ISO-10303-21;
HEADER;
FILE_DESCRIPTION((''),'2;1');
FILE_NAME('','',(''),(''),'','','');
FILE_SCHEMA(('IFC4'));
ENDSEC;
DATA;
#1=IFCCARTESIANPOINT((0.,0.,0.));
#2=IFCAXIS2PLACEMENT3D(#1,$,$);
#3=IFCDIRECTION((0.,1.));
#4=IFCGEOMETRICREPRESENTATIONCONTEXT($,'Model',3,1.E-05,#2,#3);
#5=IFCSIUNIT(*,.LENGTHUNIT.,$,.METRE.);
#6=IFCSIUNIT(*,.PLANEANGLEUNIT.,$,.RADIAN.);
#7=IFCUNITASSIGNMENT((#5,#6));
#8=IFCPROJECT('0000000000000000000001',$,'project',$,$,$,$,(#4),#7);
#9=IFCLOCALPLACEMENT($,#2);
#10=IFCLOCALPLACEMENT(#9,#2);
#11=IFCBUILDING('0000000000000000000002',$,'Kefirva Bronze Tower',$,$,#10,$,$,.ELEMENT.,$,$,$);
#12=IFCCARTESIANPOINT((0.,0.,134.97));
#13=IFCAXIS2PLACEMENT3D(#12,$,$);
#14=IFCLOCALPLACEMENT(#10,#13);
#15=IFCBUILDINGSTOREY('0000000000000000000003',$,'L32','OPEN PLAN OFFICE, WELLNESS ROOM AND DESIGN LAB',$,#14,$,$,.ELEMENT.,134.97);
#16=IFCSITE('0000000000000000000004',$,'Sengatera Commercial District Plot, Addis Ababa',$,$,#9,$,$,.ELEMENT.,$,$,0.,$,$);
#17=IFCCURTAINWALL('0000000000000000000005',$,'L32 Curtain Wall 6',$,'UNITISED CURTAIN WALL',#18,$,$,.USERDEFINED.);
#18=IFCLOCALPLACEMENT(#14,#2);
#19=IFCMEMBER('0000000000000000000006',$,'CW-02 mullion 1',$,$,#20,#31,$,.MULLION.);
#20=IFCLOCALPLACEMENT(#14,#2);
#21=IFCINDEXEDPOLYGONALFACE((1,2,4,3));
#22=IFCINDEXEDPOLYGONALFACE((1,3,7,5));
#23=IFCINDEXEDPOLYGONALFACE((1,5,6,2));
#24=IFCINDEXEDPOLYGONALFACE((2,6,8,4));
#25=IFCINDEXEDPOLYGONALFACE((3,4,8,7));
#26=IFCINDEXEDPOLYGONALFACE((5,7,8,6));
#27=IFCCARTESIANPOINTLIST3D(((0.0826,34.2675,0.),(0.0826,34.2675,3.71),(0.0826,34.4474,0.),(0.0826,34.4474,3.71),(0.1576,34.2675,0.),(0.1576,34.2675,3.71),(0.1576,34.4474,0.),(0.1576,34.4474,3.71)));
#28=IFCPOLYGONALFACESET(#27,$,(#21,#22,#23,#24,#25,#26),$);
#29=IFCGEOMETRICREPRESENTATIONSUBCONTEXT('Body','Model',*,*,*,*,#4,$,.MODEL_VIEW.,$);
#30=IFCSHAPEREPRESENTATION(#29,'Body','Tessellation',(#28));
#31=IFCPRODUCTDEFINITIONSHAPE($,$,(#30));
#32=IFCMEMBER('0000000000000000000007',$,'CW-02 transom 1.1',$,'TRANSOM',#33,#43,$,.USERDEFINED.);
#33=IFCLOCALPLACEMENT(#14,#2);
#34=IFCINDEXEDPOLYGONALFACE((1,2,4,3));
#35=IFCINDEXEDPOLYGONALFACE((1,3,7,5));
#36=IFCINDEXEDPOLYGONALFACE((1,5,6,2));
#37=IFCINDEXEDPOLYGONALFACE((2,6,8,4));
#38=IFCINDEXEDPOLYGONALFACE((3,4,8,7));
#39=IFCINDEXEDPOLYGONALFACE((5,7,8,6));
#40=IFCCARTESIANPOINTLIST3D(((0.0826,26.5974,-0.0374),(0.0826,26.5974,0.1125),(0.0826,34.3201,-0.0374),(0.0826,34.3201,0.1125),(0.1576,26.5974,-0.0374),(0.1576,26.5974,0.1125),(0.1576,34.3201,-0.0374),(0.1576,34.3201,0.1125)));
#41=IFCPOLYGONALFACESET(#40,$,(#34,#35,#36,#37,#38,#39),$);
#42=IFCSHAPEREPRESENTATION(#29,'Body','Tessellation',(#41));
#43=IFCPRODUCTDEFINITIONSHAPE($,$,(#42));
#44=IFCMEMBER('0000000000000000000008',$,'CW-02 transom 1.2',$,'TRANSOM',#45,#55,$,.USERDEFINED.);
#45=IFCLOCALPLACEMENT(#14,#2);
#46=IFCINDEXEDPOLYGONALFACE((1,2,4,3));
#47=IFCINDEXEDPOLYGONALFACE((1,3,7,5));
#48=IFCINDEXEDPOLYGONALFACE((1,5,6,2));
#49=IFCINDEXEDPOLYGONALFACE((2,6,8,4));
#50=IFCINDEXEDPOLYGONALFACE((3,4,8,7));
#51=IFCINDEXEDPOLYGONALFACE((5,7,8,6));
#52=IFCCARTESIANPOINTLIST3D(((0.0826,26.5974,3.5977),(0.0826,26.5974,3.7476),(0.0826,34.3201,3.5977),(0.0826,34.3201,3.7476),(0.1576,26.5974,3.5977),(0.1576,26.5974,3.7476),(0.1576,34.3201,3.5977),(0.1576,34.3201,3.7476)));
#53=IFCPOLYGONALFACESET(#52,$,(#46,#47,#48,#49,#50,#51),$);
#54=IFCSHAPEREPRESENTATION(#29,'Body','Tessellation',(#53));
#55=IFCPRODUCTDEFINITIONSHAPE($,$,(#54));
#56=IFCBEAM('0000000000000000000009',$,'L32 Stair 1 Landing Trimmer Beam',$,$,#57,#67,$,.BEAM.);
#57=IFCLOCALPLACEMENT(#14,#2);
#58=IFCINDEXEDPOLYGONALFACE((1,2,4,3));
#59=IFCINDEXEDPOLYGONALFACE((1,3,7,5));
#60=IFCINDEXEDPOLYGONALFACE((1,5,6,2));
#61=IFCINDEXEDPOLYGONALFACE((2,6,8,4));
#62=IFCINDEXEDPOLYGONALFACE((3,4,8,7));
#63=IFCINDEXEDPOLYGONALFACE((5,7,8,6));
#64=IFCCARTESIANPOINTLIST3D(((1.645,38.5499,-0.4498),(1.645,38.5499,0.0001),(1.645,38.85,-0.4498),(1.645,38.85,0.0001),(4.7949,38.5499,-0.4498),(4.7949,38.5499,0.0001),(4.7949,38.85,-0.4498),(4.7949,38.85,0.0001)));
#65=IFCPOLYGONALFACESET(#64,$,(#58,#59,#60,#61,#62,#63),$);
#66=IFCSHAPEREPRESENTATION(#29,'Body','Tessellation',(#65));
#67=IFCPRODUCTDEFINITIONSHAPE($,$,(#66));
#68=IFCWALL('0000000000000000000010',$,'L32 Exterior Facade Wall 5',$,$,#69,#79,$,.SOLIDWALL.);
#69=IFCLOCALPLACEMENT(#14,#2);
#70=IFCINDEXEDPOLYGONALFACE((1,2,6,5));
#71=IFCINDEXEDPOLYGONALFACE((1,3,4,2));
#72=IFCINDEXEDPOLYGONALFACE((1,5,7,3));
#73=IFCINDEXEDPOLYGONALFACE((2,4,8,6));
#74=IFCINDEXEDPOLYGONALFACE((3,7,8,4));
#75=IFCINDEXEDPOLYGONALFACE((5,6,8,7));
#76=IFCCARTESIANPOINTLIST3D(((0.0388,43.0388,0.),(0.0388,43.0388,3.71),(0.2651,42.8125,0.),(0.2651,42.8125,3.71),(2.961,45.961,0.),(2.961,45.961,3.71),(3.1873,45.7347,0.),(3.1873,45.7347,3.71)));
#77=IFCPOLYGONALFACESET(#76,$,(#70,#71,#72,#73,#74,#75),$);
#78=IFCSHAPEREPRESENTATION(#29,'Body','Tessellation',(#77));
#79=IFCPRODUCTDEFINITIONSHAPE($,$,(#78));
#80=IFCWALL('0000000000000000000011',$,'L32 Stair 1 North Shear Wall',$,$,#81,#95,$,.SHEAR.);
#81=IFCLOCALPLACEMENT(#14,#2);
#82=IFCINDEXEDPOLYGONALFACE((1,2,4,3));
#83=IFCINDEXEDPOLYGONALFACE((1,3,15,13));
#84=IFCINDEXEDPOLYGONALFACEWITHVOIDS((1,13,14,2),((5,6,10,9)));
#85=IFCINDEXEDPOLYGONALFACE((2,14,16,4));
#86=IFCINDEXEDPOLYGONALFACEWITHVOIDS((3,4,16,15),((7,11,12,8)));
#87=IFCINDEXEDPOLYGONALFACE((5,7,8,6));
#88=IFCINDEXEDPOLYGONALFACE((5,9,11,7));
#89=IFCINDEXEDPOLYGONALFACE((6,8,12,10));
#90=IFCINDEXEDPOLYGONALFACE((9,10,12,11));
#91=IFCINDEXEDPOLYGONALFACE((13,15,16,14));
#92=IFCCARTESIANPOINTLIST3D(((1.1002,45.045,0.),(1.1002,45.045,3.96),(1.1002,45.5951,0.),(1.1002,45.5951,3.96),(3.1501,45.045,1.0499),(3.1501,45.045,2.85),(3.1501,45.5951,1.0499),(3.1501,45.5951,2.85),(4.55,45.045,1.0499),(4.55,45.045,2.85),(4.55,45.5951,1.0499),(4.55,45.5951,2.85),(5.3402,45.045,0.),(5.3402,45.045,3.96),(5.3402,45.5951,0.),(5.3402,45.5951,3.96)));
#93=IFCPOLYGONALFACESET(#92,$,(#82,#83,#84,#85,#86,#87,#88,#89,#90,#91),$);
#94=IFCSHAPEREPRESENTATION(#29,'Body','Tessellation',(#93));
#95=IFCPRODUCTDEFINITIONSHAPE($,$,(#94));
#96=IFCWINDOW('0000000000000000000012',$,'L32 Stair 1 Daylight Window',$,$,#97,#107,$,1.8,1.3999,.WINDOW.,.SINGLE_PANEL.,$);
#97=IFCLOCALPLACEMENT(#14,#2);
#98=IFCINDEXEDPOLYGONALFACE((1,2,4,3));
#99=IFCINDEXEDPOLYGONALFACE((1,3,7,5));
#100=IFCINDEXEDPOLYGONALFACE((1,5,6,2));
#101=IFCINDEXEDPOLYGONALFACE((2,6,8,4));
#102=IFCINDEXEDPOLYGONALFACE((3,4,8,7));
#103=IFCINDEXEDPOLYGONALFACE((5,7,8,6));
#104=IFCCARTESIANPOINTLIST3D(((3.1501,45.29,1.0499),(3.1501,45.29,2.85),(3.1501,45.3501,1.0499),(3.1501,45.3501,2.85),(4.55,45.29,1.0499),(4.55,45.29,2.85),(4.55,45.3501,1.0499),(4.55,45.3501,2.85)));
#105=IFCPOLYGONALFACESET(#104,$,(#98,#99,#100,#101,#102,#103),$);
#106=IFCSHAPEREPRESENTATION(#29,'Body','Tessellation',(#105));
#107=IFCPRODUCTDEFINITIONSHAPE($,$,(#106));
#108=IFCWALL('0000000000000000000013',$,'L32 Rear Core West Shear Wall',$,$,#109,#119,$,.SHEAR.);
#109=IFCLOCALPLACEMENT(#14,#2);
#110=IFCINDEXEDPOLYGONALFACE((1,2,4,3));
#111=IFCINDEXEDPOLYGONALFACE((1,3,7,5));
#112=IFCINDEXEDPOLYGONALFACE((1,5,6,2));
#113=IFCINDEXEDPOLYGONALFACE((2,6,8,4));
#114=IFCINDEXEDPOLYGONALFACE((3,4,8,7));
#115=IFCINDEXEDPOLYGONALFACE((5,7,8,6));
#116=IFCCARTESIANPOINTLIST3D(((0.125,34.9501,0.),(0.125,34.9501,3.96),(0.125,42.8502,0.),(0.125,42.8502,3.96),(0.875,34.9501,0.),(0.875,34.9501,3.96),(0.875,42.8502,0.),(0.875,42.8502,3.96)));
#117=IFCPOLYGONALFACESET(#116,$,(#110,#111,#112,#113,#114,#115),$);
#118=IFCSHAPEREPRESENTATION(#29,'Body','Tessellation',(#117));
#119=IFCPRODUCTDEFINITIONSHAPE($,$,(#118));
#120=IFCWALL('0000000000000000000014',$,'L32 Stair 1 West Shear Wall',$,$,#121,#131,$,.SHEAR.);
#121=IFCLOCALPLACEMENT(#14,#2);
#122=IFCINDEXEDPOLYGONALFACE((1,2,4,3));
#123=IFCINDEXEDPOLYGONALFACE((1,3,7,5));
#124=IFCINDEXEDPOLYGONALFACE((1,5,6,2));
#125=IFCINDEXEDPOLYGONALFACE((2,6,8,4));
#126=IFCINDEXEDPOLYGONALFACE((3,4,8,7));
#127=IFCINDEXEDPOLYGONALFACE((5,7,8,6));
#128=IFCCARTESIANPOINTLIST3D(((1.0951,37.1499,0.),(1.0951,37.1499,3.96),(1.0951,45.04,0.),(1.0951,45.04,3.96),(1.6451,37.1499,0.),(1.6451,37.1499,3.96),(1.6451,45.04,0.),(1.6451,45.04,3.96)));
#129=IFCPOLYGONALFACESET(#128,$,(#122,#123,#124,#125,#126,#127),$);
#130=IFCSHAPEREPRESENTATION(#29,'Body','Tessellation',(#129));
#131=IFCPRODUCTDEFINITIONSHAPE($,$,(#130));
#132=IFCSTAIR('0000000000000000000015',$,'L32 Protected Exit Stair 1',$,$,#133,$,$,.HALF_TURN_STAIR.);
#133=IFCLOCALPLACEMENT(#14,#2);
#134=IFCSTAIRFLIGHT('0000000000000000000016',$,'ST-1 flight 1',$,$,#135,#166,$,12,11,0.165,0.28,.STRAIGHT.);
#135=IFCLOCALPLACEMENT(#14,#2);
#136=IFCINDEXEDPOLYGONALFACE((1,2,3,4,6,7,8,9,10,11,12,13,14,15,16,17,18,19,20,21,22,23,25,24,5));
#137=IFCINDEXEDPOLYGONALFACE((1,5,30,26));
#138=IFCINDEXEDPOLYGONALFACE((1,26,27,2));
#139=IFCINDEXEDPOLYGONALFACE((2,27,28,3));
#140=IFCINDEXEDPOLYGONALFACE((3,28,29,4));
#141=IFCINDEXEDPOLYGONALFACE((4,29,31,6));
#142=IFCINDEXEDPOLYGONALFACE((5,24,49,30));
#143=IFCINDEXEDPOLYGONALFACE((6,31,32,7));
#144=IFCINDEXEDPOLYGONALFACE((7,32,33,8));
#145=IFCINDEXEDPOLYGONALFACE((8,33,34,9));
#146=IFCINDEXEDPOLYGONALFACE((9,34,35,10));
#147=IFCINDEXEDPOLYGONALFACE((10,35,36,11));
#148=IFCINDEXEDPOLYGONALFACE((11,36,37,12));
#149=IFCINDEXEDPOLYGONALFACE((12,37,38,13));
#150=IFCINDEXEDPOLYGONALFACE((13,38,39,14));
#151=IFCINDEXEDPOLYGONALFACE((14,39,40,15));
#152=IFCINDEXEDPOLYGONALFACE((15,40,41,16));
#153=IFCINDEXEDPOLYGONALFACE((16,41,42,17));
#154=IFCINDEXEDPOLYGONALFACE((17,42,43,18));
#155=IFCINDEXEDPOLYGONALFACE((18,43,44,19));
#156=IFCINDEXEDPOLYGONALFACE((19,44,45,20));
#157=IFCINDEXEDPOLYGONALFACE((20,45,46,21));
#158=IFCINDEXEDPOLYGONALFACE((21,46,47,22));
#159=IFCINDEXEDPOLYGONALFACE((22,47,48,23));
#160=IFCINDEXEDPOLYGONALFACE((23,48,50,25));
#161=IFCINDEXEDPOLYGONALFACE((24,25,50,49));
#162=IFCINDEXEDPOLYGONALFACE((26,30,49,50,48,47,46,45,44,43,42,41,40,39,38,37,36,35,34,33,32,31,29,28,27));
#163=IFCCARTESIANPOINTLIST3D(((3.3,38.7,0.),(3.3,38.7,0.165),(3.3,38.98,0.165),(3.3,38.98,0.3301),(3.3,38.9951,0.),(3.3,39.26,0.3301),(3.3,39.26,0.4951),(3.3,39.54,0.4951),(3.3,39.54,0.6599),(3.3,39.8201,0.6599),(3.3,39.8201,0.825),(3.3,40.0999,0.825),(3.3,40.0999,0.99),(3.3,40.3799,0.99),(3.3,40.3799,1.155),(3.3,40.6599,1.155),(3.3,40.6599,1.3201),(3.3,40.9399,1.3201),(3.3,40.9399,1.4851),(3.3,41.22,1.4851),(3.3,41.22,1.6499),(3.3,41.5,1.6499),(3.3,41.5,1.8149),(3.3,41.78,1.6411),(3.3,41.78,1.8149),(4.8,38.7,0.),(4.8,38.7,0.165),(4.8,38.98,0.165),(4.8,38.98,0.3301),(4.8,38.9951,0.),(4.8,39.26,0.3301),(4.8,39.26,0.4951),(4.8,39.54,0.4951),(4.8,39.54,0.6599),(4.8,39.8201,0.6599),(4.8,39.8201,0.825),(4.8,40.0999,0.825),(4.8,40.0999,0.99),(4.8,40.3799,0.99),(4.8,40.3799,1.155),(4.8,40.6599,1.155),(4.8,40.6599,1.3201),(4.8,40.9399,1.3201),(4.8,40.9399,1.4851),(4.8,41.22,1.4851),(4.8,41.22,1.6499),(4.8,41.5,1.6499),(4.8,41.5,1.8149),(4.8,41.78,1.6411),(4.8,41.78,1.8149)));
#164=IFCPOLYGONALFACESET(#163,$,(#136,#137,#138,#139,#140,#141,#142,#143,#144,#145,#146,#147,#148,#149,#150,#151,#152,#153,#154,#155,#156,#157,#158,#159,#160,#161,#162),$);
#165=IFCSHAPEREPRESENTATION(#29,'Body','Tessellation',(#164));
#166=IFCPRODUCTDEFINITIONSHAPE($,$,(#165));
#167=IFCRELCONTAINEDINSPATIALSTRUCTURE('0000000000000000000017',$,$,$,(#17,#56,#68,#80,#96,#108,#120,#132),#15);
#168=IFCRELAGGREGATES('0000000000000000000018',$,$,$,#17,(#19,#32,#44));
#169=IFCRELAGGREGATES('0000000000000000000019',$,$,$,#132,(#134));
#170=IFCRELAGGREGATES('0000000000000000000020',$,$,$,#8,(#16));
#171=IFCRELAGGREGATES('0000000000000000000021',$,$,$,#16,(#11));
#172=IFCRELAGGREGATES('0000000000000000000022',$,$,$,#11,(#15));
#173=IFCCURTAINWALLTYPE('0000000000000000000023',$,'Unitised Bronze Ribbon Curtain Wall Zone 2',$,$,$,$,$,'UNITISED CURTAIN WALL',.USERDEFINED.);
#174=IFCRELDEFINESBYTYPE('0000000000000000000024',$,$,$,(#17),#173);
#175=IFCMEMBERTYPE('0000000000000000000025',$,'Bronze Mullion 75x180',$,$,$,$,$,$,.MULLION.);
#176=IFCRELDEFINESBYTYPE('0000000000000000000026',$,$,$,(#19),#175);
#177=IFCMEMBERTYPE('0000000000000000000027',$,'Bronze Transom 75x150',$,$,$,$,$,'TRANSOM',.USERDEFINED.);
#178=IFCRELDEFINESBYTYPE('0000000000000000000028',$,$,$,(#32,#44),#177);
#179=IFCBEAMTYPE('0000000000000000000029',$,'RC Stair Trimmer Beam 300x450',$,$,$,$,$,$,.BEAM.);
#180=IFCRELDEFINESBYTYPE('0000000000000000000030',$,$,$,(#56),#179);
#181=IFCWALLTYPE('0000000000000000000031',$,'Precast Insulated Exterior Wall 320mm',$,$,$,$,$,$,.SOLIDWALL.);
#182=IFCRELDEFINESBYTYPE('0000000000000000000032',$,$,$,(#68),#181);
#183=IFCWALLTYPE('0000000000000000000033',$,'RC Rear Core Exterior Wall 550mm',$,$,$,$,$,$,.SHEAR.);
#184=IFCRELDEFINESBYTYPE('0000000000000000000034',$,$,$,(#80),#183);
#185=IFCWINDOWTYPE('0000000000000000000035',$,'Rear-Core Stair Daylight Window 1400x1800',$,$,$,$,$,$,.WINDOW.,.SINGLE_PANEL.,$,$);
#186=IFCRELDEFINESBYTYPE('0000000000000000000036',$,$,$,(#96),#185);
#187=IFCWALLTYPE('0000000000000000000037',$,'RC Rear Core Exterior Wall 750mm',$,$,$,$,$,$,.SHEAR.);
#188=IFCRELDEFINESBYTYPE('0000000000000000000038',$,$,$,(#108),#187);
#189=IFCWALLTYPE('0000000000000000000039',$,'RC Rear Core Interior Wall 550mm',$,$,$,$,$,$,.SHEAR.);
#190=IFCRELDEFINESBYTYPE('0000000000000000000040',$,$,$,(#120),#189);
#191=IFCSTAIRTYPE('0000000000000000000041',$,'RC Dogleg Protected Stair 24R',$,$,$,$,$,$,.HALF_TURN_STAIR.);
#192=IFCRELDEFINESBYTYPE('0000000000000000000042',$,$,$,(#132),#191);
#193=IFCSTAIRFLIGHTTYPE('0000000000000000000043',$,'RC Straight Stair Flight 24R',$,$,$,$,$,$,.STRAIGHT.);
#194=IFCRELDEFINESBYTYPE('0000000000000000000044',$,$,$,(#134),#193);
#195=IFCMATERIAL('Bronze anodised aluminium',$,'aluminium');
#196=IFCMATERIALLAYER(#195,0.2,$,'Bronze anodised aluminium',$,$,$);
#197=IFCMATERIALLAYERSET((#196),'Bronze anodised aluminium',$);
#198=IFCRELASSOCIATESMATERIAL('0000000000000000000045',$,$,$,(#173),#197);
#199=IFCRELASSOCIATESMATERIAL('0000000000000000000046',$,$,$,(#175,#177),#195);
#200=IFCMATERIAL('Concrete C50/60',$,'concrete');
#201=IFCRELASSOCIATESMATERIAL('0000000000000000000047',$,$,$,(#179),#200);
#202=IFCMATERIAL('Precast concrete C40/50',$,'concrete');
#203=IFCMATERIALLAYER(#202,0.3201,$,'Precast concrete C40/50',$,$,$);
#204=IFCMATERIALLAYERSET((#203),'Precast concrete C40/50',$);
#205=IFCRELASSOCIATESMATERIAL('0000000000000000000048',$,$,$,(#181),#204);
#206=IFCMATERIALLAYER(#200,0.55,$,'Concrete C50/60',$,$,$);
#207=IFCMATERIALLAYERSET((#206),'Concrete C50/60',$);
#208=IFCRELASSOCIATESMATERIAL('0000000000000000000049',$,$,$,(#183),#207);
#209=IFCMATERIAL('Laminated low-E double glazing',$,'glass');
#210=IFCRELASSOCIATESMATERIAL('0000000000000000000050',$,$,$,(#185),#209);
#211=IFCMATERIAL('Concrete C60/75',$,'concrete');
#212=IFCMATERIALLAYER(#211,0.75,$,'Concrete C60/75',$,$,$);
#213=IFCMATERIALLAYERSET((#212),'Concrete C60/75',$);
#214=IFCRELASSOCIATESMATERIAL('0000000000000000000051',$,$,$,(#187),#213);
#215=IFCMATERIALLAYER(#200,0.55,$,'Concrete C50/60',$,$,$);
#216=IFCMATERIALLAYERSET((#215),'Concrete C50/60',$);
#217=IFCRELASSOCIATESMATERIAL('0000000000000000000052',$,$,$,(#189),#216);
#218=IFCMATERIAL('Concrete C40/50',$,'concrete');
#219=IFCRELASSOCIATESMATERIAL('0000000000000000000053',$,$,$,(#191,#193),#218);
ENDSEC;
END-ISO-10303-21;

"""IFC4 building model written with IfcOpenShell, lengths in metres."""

from ifc_helpers import new_model, si_unit, direction, frame, frame_2d, origin, origin_2d, place, context, subcontext, project, spatial, polyline, rectangle, outline, extrude, material, layer, layer_set, material_profile, profile_set, type_object, element, fill, aggregate, save


model = new_model("IFC4")

# Units and contexts
model_context = context("Model", 3, precision=1e-05, world=origin(), true_north=direction((0.0, 1.0)))
body_context = subcontext(model_context, "Body", "Model", "MODEL_VIEW")
ifc_project = project(units=[si_unit("LENGTHUNIT", "METRE"), si_unit("PLANEANGLEUNIT", "RADIAN")], contexts=[model_context])

# Site, building, storey
site_placement = place(None, origin())
site = spatial("IfcSite", under=ifc_project, at=site_placement, Name="Sengatera Commercial District Plot, Addis Ababa", CompositionType="ELEMENT", RefElevation=0.0)
building_placement = place(site_placement, origin())
building = spatial("IfcBuilding", under=site, at=building_placement, Name="Kefirva Bronze Tower", CompositionType="ELEMENT")
storey_placement = place(building_placement, frame((0.0, 0.0, 134.97)))
storey = spatial("IfcBuildingStorey", under=building, at=storey_placement, Name="L32", Description="OPEN PLAN OFFICE, WELLNESS ROOM AND DESIGN LAB", CompositionType="ELEMENT", Elevation=134.97)

# Curtain wall, members
ifc_material_1 = material(Name="Bronze anodised aluminium", Category="aluminium")
ifc_layer_1 = layer(ifc_material_1, 0.2, Name="Bronze anodised aluminium")
ifc_layer_set_1 = layer_set([ifc_layer_1], Name="Bronze anodised aluminium")
curtain_wall_type = type_object("IfcCurtainWallType", Name="Unitised Bronze Ribbon Curtain Wall Zone 2", ElementType="UNITISED CURTAIN WALL", PredefinedType="USERDEFINED", material=ifc_layer_set_1)
curtain_wall_placement = place(storey_placement, origin())
curtain_wall = element("IfcCurtainWall", 1, at=curtain_wall_placement, inside=storey, type_object=curtain_wall_type, Name="L32 Curtain Wall 6", ObjectType="UNITISED CURTAIN WALL", PredefinedType="USERDEFINED")
ifc_material_profile_1 = material_profile(ifc_material_1, rectangle(XDim=0.075, YDim=0.1799, at=origin_2d()), Name="ALU 75x180")
ifc_profile_set_1 = profile_set([ifc_material_profile_1], Name="Bronze anodised aluminium")
member_type_1 = type_object("IfcMemberType", Name="Bronze Mullion 75x180", PredefinedType="MULLION", material=ifc_profile_set_1)
member_1_placement = place(storey_placement, frame((0.1201, 34.3574, 0.0), z_axis=(0.0, 0.0, 1.0), x_axis=(1.0, 0.0, 0.0)))
member_1 = element("IfcMember", 2, at=member_1_placement, type_object=member_type_1, Name="CW-02 mullion 1", PredefinedType="MULLION", context=body_context, shape_type="SweptSolid", body=[
    extrude(rectangle(XDim=0.075, YDim=0.1799, at=origin_2d()), origin(), (0.0, 0.0, 1.0), 3.71),
])
ifc_material_profile_2 = material_profile(ifc_material_1, rectangle(XDim=0.075, YDim=0.1499, at=origin_2d()), Name="ALU 75x150")
ifc_profile_set_2 = profile_set([ifc_material_profile_2], Name="Bronze anodised aluminium")
member_type_2 = type_object("IfcMemberType", Name="Bronze Transom 75x150", ElementType="TRANSOM", PredefinedType="USERDEFINED", material=ifc_profile_set_2)
member_2_placement = place(storey_placement, frame((0.1201, 34.3201, 0.0376), z_axis=(0.0, -1.0, 0.0), x_axis=(1.0, 0.0, 0.0)))
member_2 = element("IfcMember", 3, at=member_2_placement, type_object=member_type_2, Name="CW-02 transom 1.1", ObjectType="TRANSOM", PredefinedType="USERDEFINED", context=body_context, shape_type="SweptSolid", body=[
    extrude(rectangle(XDim=0.075, YDim=0.1499, at=origin_2d()), origin(), (0.0, 0.0, 1.0), 7.7227),
])
member_3_placement = place(storey_placement, frame((0.1201, 34.3201, 3.6726), z_axis=(0.0, -1.0, 0.0), x_axis=(1.0, 0.0, 0.0)))
member_3 = element("IfcMember", 4, at=member_3_placement, type_object=member_type_2, Name="CW-02 transom 1.2", ObjectType="TRANSOM", PredefinedType="USERDEFINED", context=body_context, shape_type="SweptSolid", body=[
    extrude(rectangle(XDim=0.075, YDim=0.1499, at=origin_2d()), origin(), (0.0, 0.0, 1.0), 7.7227),
])
aggregate(curtain_wall, [member_1, member_2, member_3])

# Beam
ifc_material_2 = material(Name="Concrete C50/60", Category="concrete")
ifc_material_profile_3 = material_profile(ifc_material_2, rectangle(XDim=0.3, YDim=0.45, at=origin_2d()), Name="RC 300x450")
ifc_profile_set_3 = profile_set([ifc_material_profile_3], Name="Concrete C50/60")
beam_type = type_object("IfcBeamType", Name="RC Stair Trimmer Beam 300x450", PredefinedType="BEAM", material=ifc_profile_set_3)
beam_placement = place(storey_placement, frame((1.645, 38.7, -0.2249), z_axis=(1.0, 0.0, 0.0), x_axis=(0.0, 1.0, 0.0)))
element("IfcBeam", 5, at=beam_placement, inside=storey, type_object=beam_type, Name="L32 Stair 1 Landing Trimmer Beam", PredefinedType="BEAM", context=body_context, shape_type="SweptSolid", body=[
    extrude(rectangle(XDim=0.3, YDim=0.45, at=origin_2d()), origin(), (0.0, 0.0, 1.0), 3.1499),
])

# Wall
ifc_material_3 = material(Name="Precast concrete C40/50", Category="concrete")
ifc_layer_2 = layer(ifc_material_3, 0.3201, Name="Precast concrete C40/50")
ifc_layer_set_2 = layer_set([ifc_layer_2], Name="Precast concrete C40/50")
wall_type_1 = type_object("IfcWallType", Name="Precast Insulated Exterior Wall 320mm", PredefinedType="SOLIDWALL", material=ifc_layer_set_2)
wall_1_placement = place(storey_placement, frame((3.0742, 45.8479, 0.0), z_axis=(0.0, 0.0, 1.0), x_axis=(-0.707107, -0.707107, 0.0)))
element("IfcWall", 6, at=wall_1_placement, inside=storey, type_object=wall_type_1, Name="L32 Exterior Facade Wall 5", PredefinedType="SOLIDWALL", context=body_context, shape_type="SweptSolid", body=[
    extrude(rectangle(XDim=4.1326, YDim=0.3201, at=frame_2d((2.0664, 0.0))), origin(), (0.0, 0.0, 1.0), 3.71),
])

# Wall, opening, window
ifc_layer_3 = layer(ifc_material_2, 0.55, Name="Concrete C50/60")
ifc_layer_set_3 = layer_set([ifc_layer_3], Name="Concrete C50/60")
wall_type_2 = type_object("IfcWallType", Name="RC Rear Core Exterior Wall 550mm", PredefinedType="SHEAR", material=ifc_layer_set_3)
wall_2_placement = place(storey_placement, frame((1.1001, 45.3201, 0.0), z_axis=(0.0, 0.0, 1.0), x_axis=(1.0, 0.0, 0.0)))
wall_2 = element("IfcWall", 7, at=wall_2_placement, inside=storey, type_object=wall_type_2, Name="L32 Stair 1 North Shear Wall", PredefinedType="SHEAR", context=body_context, shape_type="SweptSolid", body=[
    extrude(rectangle(XDim=4.24, YDim=0.55, at=frame_2d((2.1201, 0.0))), origin(), (0.0, 0.0, 1.0), 3.96),
])
opening_1_placement = place(wall_2_placement, frame((2.05, 0.0, 1.05)))
opening_1 = element("IfcOpeningElement", 8, at=opening_1_placement, cuts=wall_2, PredefinedType="OPENING", context=body_context, shape_type="SweptSolid", body=[
    extrude(rectangle(XDim=1.3999, YDim=1.8, at=frame_2d((0.7, 0.8999))), frame((0.0, 0.2852, 0.0), z_axis=(0.0, -1.0, 0.0), x_axis=(1.0, 0.0, 0.0)), (0.0, 0.0, 1.0), 0.5701),
])
ifc_material_4 = material(Name="Laminated low-E double glazing", Category="glass")
window_type = type_object("IfcWindowType", Name="Rear-Core Stair Daylight Window 1400x1800", PartitioningType="SINGLE_PANEL", PredefinedType="WINDOW", material=ifc_material_4)
window_placement = place(opening_1_placement, origin())
window = element("IfcWindow", 9, at=window_placement, inside=storey, type_object=window_type, Name="L32 Stair 1 Daylight Window", OverallHeight=1.8, OverallWidth=1.3999, PartitioningType="SINGLE_PANEL", PredefinedType="WINDOW", context=body_context, shape_type="SweptSolid", body=[
    extrude(rectangle(XDim=1.3999, YDim=1.8, at=frame_2d((0.7, 0.8999))), frame((0.0, 0.03, 0.0), z_axis=(0.0, -1.0, 0.0), x_axis=(1.0, 0.0, 0.0)), (0.0, 0.0, 1.0), 0.0601),
])
fill(opening_1, window)

# Walls
ifc_material_5 = material(Name="Concrete C60/75", Category="concrete")
ifc_layer_4 = layer(ifc_material_5, 0.75, Name="Concrete C60/75")
ifc_layer_set_4 = layer_set([ifc_layer_4], Name="Concrete C60/75")
wall_type_3 = type_object("IfcWallType", Name="RC Rear Core Exterior Wall 750mm", PredefinedType="SHEAR", material=ifc_layer_set_4)
wall_3_placement = place(storey_placement, frame((0.5, 34.95, 0.0), z_axis=(0.0, 0.0, 1.0), x_axis=(0.0, 1.0, 0.0)))
element("IfcWall", 10, at=wall_3_placement, inside=storey, type_object=wall_type_3, Name="L32 Rear Core West Shear Wall", PredefinedType="SHEAR", context=body_context, shape_type="SweptSolid", body=[
    extrude(rectangle(XDim=7.9001, YDim=0.75, at=frame_2d((3.9502, 0.0))), origin(), (0.0, 0.0, 1.0), 3.96),
])
ifc_layer_5 = layer(ifc_material_2, 0.55, Name="Concrete C50/60")
ifc_layer_set_5 = layer_set([ifc_layer_5], Name="Concrete C50/60")
wall_type_4 = type_object("IfcWallType", Name="RC Rear Core Interior Wall 550mm", PredefinedType="SHEAR", material=ifc_layer_set_5)
wall_4_placement = place(storey_placement, frame((1.3701, 37.1499, 0.0), z_axis=(0.0, 0.0, 1.0), x_axis=(0.0, 1.0, 0.0)))
element("IfcWall", 11, at=wall_4_placement, inside=storey, type_object=wall_type_4, Name="L32 Stair 1 West Shear Wall", PredefinedType="SHEAR", context=body_context, shape_type="SweptSolid", body=[
    extrude(rectangle(XDim=7.8901, YDim=0.55, at=frame_2d((3.9451, 0.0))), origin(), (0.0, 0.0, 1.0), 3.96),
])

# Stair, stair flight
ifc_material_6 = material(Name="Concrete C40/50", Category="concrete")
stair_type = type_object("IfcStairType", Name="RC Dogleg Protected Stair 24R", PredefinedType="HALF_TURN_STAIR", material=ifc_material_6)
stair_placement = place(storey_placement, origin())
stair = element("IfcStair", 12, at=stair_placement, inside=storey, type_object=stair_type, Name="L32 Protected Exit Stair 1", PredefinedType="HALF_TURN_STAIR")
stair_flight_type = type_object("IfcStairFlightType", Name="RC Straight Stair Flight 24R", PredefinedType="STRAIGHT", material=ifc_material_6)
stair_flight_1_placement = place(storey_placement, frame((4.05, 38.7, 0.0), z_axis=(0.0, 0.0, 1.0), x_axis=(0.0, 1.0, 0.0)))
stair_flight_1 = element("IfcStairFlight", 13, at=stair_flight_1_placement, type_object=stair_flight_type, Name="ST-1 flight 1", NumberOfRisers=12, NumberOfTreads=11, PredefinedType="STRAIGHT", RiserHeight=0.165, TreadLength=0.28, context=body_context, shape_type="SweptSolid", body=[
    extrude(outline(polyline([(0.0, 0.0), (0.0, 0.165), (0.28, 0.165), (0.28, 0.3301), (0.5601, 0.3301), (0.5601, 0.4951), (0.8401, 0.4951), (0.8401, 0.6599), (1.1201, 0.6599), (1.1201, 0.825), (1.3999, 0.825), (1.3999, 0.99), (1.6799, 0.99), (1.6799, 1.155), (1.96, 1.155), (1.96, 1.3201), (2.24, 1.3201), (2.24, 1.4851), (2.52, 1.4851), (2.52, 1.6499), (2.8, 1.6499), (2.8, 1.8149), (3.0801, 1.8149), (3.0801, 1.98), (3.0801, 1.6411), (0.2952, 0.0), (0.0, 0.0)])), frame((0.0, 0.75, 0.0), z_axis=(0.0, -1.0, 0.0), x_axis=(1.0, 0.0, 0.0)), (0.0, 0.0, 1.0), 1.5),
])
aggregate(stair, [stair_flight_1])

save(model, "model.ifc")
